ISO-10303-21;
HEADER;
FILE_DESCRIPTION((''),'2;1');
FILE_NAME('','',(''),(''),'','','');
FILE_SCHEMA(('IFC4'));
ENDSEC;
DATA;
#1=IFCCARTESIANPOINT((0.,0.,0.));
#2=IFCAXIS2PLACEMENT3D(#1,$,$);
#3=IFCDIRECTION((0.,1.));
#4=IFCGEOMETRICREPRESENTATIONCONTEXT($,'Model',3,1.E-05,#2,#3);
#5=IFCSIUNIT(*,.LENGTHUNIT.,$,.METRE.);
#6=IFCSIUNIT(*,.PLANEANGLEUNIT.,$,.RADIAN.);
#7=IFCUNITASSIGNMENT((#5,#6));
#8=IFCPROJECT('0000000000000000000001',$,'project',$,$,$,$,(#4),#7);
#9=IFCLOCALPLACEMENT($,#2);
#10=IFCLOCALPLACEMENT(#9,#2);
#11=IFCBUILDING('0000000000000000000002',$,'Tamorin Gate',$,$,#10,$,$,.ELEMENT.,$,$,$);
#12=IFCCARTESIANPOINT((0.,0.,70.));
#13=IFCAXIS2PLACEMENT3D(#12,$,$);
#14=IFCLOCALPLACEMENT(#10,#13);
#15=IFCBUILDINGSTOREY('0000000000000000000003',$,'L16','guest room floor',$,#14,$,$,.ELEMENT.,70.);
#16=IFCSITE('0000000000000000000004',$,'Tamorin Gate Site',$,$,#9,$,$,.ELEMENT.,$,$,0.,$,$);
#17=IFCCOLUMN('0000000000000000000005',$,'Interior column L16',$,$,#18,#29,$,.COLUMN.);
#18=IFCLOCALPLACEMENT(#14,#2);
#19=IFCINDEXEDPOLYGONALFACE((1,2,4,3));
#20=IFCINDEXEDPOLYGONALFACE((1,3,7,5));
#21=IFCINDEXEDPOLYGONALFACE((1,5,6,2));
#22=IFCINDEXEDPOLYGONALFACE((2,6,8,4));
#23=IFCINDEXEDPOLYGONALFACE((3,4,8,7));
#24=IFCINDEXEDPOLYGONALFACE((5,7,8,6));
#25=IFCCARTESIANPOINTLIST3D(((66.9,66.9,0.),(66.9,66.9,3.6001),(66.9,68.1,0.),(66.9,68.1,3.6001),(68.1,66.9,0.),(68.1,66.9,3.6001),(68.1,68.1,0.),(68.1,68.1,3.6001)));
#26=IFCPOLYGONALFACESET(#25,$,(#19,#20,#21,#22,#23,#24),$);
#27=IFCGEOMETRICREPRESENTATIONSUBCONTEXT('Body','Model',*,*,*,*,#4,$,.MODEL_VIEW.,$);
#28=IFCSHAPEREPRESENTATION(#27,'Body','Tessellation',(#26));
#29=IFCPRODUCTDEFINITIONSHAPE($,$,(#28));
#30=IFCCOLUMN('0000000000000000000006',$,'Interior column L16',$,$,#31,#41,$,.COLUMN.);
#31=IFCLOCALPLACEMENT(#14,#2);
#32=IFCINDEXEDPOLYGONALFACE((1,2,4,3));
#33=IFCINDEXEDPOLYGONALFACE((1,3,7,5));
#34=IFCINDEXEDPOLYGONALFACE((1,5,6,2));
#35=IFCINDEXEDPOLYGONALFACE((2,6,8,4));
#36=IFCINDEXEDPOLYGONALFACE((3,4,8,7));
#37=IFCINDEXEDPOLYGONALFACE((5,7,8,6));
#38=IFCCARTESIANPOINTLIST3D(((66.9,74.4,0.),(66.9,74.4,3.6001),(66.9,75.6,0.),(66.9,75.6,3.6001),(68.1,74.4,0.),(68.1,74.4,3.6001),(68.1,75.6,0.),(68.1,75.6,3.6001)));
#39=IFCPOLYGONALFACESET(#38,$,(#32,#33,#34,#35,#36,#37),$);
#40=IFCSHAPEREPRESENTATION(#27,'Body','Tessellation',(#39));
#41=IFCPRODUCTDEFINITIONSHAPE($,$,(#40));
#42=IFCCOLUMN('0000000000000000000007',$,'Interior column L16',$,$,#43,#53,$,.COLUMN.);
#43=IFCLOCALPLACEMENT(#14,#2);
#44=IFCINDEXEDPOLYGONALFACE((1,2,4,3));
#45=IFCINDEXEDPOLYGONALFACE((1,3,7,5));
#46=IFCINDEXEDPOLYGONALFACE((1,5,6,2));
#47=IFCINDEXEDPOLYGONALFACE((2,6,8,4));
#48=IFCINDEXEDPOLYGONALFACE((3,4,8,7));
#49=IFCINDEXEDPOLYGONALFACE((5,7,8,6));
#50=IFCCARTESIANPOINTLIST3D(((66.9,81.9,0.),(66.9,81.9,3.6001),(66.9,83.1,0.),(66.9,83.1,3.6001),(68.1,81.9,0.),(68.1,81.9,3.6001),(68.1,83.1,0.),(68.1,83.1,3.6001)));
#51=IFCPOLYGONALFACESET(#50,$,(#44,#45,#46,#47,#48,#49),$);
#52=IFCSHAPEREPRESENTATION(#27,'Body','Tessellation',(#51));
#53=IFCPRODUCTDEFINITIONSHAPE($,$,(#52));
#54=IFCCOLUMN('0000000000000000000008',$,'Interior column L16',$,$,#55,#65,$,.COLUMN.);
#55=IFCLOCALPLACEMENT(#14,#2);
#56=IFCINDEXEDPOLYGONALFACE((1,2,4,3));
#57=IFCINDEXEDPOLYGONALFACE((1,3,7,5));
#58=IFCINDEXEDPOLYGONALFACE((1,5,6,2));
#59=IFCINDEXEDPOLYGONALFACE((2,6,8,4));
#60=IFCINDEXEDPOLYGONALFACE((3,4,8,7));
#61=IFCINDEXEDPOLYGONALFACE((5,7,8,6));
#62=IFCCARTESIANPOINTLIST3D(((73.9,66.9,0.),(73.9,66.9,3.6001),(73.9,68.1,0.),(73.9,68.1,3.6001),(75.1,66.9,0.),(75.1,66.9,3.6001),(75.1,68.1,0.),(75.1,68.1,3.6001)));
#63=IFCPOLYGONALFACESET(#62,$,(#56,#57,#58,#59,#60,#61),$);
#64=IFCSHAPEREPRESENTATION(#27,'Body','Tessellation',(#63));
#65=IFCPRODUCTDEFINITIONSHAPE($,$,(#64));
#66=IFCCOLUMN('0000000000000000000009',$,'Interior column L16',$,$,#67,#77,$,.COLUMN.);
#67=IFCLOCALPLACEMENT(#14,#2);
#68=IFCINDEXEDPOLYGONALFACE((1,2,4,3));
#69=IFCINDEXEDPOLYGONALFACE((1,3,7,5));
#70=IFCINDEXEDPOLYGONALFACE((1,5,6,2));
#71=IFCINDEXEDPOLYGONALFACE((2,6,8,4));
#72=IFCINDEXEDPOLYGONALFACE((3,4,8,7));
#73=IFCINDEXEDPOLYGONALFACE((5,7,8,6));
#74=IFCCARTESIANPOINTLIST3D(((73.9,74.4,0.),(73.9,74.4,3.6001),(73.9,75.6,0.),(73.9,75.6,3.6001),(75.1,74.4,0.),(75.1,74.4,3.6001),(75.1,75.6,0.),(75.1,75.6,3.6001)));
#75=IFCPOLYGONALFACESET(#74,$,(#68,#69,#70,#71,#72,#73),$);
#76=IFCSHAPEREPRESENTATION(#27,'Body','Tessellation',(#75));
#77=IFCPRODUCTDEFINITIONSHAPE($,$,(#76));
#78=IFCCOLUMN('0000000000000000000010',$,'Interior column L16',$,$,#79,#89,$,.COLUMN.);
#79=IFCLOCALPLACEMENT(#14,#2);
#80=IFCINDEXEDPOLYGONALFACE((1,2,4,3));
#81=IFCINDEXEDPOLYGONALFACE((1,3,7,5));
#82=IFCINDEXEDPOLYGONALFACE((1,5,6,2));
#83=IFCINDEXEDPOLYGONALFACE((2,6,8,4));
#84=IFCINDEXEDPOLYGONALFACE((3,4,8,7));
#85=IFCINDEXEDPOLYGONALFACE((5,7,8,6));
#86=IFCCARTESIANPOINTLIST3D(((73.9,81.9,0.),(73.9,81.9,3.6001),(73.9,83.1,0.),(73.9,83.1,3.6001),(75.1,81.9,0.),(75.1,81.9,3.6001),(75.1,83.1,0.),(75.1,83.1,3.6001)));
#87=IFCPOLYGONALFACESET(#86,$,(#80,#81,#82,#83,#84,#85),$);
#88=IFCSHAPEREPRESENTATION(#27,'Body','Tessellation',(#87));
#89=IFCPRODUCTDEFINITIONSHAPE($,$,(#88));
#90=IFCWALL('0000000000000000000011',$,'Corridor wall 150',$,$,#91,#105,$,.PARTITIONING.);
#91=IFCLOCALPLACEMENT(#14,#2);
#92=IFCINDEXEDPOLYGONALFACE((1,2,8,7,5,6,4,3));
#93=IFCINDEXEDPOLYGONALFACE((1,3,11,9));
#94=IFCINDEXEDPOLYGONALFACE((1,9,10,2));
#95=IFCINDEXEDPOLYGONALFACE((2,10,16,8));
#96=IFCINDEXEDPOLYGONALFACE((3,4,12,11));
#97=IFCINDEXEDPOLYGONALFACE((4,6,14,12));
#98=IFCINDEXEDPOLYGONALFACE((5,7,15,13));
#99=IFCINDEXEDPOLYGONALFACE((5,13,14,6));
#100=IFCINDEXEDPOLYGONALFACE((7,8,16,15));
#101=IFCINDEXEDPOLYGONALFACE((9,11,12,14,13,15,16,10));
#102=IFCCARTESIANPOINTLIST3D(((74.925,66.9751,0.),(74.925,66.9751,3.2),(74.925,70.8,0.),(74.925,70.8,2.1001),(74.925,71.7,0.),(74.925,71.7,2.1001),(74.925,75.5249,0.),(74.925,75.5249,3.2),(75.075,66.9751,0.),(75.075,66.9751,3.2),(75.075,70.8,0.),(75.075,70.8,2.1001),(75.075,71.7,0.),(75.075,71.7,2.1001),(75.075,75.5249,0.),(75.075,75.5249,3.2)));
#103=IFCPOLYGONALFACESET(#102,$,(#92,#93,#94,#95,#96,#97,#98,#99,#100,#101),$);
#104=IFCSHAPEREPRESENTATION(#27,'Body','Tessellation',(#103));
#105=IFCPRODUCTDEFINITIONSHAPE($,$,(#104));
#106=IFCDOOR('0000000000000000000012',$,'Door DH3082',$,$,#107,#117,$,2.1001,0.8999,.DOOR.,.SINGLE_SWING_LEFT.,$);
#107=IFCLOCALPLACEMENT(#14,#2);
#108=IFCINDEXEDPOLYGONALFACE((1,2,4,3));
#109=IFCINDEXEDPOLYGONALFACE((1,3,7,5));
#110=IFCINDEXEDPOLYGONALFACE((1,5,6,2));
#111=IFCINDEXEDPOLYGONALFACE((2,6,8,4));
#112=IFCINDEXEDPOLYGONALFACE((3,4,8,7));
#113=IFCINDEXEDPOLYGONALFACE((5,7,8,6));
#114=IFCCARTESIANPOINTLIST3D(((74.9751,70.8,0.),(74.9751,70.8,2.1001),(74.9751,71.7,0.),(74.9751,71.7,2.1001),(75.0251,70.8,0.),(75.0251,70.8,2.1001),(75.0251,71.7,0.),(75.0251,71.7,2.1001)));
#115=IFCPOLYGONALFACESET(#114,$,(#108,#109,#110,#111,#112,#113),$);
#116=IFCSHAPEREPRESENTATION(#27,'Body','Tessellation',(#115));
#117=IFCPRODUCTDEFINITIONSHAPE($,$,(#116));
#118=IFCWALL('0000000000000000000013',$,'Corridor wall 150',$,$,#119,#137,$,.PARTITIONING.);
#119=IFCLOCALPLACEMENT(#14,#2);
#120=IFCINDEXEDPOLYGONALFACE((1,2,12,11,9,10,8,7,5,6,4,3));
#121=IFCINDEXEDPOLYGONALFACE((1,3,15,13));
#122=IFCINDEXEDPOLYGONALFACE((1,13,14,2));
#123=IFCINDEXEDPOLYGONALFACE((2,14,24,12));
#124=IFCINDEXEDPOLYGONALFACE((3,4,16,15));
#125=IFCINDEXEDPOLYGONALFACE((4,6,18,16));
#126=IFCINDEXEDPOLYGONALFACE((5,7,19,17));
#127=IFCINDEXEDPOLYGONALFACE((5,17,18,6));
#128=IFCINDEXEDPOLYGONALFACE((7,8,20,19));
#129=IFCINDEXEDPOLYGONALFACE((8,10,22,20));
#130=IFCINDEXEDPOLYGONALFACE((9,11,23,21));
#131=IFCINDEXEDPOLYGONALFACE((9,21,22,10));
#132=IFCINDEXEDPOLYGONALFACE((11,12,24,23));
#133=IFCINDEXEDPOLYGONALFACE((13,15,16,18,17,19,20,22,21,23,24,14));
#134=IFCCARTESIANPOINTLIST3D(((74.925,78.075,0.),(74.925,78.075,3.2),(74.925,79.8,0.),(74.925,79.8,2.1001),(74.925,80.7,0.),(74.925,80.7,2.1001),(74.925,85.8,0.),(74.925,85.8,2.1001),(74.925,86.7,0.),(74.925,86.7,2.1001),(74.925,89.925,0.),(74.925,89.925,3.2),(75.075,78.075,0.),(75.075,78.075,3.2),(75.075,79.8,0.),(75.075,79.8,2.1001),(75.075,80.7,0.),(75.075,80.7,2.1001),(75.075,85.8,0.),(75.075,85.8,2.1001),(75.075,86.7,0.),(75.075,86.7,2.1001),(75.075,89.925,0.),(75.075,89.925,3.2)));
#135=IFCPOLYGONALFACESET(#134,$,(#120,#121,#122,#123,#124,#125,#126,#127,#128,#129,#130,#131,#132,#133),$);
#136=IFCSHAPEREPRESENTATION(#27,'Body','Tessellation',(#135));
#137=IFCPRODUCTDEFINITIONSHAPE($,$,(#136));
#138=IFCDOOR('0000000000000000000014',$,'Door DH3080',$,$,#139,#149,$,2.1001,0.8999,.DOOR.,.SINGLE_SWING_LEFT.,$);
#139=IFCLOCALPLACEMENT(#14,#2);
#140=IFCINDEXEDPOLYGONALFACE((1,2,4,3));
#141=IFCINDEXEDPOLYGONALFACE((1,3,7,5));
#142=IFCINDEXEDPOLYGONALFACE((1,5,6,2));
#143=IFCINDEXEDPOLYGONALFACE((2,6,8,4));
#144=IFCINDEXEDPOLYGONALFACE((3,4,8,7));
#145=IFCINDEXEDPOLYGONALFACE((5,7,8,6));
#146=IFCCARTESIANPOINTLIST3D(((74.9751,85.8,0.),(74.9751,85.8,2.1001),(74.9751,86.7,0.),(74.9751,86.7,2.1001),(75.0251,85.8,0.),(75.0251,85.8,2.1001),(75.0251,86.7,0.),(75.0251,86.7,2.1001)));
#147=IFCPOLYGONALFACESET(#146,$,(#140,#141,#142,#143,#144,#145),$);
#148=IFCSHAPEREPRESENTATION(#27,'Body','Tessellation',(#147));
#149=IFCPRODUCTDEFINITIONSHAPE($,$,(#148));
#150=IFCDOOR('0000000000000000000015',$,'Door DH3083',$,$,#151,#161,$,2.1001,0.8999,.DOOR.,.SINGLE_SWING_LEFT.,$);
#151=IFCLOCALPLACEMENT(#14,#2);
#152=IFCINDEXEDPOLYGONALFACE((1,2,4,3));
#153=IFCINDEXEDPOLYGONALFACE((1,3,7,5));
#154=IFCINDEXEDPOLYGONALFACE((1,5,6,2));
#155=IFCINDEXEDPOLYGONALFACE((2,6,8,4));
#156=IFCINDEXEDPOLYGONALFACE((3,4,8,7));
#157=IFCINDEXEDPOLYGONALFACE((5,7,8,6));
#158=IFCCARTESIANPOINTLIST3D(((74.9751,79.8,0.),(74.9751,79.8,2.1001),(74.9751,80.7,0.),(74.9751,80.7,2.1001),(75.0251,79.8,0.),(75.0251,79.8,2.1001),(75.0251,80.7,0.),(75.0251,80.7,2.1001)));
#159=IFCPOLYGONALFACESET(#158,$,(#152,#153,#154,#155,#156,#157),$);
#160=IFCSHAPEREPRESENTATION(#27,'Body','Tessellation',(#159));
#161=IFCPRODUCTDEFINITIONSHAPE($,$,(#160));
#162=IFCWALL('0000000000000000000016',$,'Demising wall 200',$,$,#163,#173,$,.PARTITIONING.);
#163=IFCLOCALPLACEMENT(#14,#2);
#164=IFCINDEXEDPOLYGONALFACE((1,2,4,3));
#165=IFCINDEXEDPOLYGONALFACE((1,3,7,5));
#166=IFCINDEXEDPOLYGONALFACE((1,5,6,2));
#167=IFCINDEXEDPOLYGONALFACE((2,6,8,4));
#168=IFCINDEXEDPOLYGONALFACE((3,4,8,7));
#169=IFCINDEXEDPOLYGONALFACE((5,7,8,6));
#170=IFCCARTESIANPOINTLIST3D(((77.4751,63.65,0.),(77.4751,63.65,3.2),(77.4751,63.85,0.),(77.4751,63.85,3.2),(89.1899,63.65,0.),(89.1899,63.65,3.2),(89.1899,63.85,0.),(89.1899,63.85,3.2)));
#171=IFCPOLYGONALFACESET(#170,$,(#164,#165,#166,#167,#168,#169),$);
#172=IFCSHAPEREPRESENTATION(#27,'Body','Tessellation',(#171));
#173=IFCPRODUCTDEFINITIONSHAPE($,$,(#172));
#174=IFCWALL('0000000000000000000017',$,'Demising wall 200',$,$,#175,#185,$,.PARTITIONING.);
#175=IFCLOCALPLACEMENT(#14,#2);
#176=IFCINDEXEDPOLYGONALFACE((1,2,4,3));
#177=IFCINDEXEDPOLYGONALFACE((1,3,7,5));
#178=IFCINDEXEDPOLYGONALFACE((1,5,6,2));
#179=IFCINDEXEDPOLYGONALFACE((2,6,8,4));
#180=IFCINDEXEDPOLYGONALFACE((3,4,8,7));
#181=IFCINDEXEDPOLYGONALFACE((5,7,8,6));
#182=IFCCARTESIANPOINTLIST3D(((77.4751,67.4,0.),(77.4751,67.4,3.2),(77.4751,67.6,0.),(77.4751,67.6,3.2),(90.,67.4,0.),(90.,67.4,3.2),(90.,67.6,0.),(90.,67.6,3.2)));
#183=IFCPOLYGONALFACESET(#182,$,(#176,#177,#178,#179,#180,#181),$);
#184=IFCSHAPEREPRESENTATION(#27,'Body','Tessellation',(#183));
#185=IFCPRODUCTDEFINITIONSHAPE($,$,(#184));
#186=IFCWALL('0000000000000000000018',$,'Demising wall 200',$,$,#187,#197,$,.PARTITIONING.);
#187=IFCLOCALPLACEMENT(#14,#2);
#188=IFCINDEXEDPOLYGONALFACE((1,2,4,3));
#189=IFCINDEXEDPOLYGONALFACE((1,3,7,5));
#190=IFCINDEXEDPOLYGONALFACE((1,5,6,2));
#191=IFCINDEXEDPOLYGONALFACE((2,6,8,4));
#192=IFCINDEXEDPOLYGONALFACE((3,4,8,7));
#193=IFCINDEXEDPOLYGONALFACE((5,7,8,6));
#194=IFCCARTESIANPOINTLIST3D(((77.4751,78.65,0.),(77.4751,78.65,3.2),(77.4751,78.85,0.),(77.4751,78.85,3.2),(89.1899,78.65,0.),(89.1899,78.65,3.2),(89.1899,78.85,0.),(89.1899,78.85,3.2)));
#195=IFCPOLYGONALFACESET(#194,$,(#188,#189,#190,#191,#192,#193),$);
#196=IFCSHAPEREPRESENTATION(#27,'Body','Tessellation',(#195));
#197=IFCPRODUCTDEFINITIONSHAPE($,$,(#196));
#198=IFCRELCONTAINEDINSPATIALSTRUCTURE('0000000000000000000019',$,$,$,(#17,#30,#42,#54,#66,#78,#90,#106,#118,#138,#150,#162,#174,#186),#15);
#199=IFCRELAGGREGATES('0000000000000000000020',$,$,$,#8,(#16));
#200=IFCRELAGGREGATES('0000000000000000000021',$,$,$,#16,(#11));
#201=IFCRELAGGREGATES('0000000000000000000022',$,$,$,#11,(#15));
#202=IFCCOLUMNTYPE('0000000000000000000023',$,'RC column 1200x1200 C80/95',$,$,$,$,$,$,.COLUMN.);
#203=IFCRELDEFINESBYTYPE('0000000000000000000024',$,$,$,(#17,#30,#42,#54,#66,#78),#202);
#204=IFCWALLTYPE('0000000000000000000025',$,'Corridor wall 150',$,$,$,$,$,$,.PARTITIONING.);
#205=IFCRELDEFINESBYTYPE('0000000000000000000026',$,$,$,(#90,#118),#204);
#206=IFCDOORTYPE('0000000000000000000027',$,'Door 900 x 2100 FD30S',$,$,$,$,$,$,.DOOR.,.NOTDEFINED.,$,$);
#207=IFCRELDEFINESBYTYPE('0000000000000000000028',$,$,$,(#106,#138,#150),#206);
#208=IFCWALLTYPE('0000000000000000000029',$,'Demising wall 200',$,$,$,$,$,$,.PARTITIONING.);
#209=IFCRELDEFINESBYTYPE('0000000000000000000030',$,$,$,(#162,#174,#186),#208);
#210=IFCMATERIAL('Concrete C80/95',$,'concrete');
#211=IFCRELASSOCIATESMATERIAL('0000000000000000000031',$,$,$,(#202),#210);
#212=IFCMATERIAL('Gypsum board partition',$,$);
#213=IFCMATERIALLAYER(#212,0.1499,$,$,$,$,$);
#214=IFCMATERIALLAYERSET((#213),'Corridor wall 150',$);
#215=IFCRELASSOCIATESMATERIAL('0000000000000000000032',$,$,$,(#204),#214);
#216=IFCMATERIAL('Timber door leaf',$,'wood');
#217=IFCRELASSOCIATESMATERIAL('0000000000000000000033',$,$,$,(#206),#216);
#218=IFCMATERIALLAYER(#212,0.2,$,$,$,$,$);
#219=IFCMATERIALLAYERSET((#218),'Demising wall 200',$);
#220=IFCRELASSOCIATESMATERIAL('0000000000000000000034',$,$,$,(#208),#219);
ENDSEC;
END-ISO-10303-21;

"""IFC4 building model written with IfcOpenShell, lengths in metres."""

from ifc_helpers import new_model, si_unit, direction, frame, frame_2d, origin, origin_2d, place, context, subcontext, project, spatial, rectangle, extrude, material, layer, layer_set, material_profile, profile_set, type_object, element, fill, save


model = new_model("IFC4")

# Units and contexts
model_context = context("Model", 3, precision=1e-05, world=origin(), true_north=direction((0.0, 1.0)))
body_context = subcontext(model_context, "Body", "Model", "MODEL_VIEW")
ifc_project = project(units=[si_unit("LENGTHUNIT", "METRE"), si_unit("PLANEANGLEUNIT", "RADIAN")], contexts=[model_context])

# Site, building, storey
site_placement = place(None, origin())
site = spatial("IfcSite", under=ifc_project, at=site_placement, Name="Tamorin Gate Site", CompositionType="ELEMENT", RefElevation=0.0)
building_placement = place(site_placement, origin())
building = spatial("IfcBuilding", under=site, at=building_placement, Name="Tamorin Gate", CompositionType="ELEMENT")
storey_placement = place(building_placement, frame((0.0, 0.0, 70.0)))
storey = spatial("IfcBuildingStorey", under=building, at=storey_placement, Name="L16", Description="guest room floor", CompositionType="ELEMENT", Elevation=70.0)

# Columns
ifc_material_1 = material(Name="Concrete C80/95", Category="concrete")
ifc_material_profile = material_profile(ifc_material_1, rectangle(XDim=1.2, YDim=1.2, at=origin_2d()), Name="RC 1200x1200")
ifc_profile_set = profile_set([ifc_material_profile], Name="Concrete C80/95")
column_type = type_object("IfcColumnType", Name="RC column 1200x1200 C80/95", PredefinedType="COLUMN", material=ifc_profile_set)
for number, where, z_axis, x_axis, name in (
    (1, (67.5, 67.5, 0.0), (0.0, 0.0, 1.0), (1.0, 0.0, 0.0), "Interior column L16"),
    (2, (67.5, 75.0, 0.0), (0.0, 0.0, 1.0), (1.0, 0.0, 0.0), "Interior column L16"),
    (3, (67.5, 82.5, 0.0), (0.0, 0.0, 1.0), (1.0, 0.0, 0.0), "Interior column L16"),
    (4, (74.5, 67.5, 0.0), (0.0, 0.0, 1.0), (1.0, 0.0, 0.0), "Interior column L16"),
    (5, (74.5, 75.0, 0.0), (0.0, 0.0, 1.0), (1.0, 0.0, 0.0), "Interior column L16"),
    (6, (74.5, 82.5, 0.0), (0.0, 0.0, 1.0), (1.0, 0.0, 0.0), "Interior column L16"),
):
    element("IfcColumn", number, at=place(storey_placement, frame(where, z_axis=z_axis, x_axis=x_axis)), inside=storey, type_object=column_type, Name=name, PredefinedType="COLUMN", context=body_context, shape_type="SweptSolid", body=[
        extrude(rectangle(XDim=1.2, YDim=1.2, at=origin_2d()), origin(), (0.0, 0.0, 1.0), 3.6001),
    ])

# Wall, opening, door
ifc_material_2 = material(Name="Gypsum board partition")
ifc_layer_1 = layer(ifc_material_2, 0.1499)
ifc_layer_set_1 = layer_set([ifc_layer_1], Name="Corridor wall 150")
wall_type_1 = type_object("IfcWallType", Name="Corridor wall 150", PredefinedType="PARTITIONING", material=ifc_layer_set_1)
wall_1_placement = place(storey_placement, frame((75.0, 66.9751, 0.0), z_axis=(0.0, 0.0, 1.0), x_axis=(0.0, 1.0, 0.0)))
wall_1 = element("IfcWall", 7, at=wall_1_placement, inside=storey, type_object=wall_type_1, Name="Corridor wall 150", PredefinedType="PARTITIONING", context=body_context, shape_type="SweptSolid", body=[
    extrude(rectangle(XDim=8.5498, YDim=0.1499, at=frame_2d((4.2749, 0.0))), origin(), (0.0, 0.0, 1.0), 3.2),
])
opening_1_placement = place(wall_1_placement, frame((3.825, 0.0, 0.0)))
opening_1 = element("IfcOpeningElement", 8, at=opening_1_placement, cuts=wall_1, PredefinedType="OPENING", context=body_context, shape_type="SweptSolid", body=[
    extrude(rectangle(XDim=0.8999, YDim=2.1001, at=frame_2d((0.45, 1.05))), frame((0.0, 0.085, 0.0), z_axis=(0.0, -1.0, 0.0), x_axis=(1.0, 0.0, 0.0)), (0.0, 0.0, 1.0), 0.1699),
])
ifc_material_3 = material(Name="Timber door leaf", Category="wood")
door_type_1 = type_object("IfcDoorType", Name="Door 900 x 2100 FD30S", OperationType="NOTDEFINED", PredefinedType="DOOR", material=ifc_material_3)
door_1_placement = place(opening_1_placement, origin())
door_1 = element("IfcDoor", 9, at=door_1_placement, inside=storey, type_object=door_type_1, Name="Door DH3082", OperationType="SINGLE_SWING_LEFT", OverallHeight=2.1001, OverallWidth=0.8999, PredefinedType="DOOR", context=body_context, shape_type="SweptSolid", body=[
    extrude(rectangle(XDim=0.8999, YDim=2.1001, at=frame_2d((0.45, 1.05))), frame((0.0, 0.0249, 0.0), z_axis=(0.0, -1.0, 0.0), x_axis=(1.0, 0.0, 0.0)), (0.0, 0.0, 1.0), 0.05),
])
fill(opening_1, door_1)

# Wall, openings, doors
wall_2_placement = place(storey_placement, frame((75.0, 78.075, 0.0), z_axis=(0.0, 0.0, 1.0), x_axis=(0.0, 1.0, 0.0)))
wall_2 = element("IfcWall", 10, at=wall_2_placement, inside=storey, type_object=wall_type_1, Name="Corridor wall 150", PredefinedType="PARTITIONING", context=body_context, shape_type="SweptSolid", body=[
    extrude(rectangle(XDim=11.8501, YDim=0.1499, at=frame_2d((5.925, 0.0))), origin(), (0.0, 0.0, 1.0), 3.2),
])
opening_2_placement = place(wall_2_placement, frame((7.7251, 0.0, 0.0)))
opening_2 = element("IfcOpeningElement", 11, at=opening_2_placement, cuts=wall_2, PredefinedType="OPENING", context=body_context, shape_type="SweptSolid", body=[
    extrude(rectangle(XDim=0.8999, YDim=2.1001, at=frame_2d((0.45, 1.05))), frame((0.0, 0.085, 0.0), z_axis=(0.0, -1.0, 0.0), x_axis=(1.0, 0.0, 0.0)), (0.0, 0.0, 1.0), 0.1699),
])
opening_3_placement = place(wall_2_placement, frame((1.7251, 0.0, 0.0)))
opening_3 = element("IfcOpeningElement", 12, at=opening_3_placement, cuts=wall_2, PredefinedType="OPENING", context=body_context, shape_type="SweptSolid", body=[
    extrude(rectangle(XDim=0.8999, YDim=2.1001, at=frame_2d((0.45, 1.05))), frame((0.0, 0.085, 0.0), z_axis=(0.0, -1.0, 0.0), x_axis=(1.0, 0.0, 0.0)), (0.0, 0.0, 1.0), 0.1699),
])
door_2_placement = place(opening_2_placement, origin())
door_2 = element("IfcDoor", 13, at=door_2_placement, inside=storey, type_object=door_type_1, Name="Door DH3080", OperationType="SINGLE_SWING_LEFT", OverallHeight=2.1001, OverallWidth=0.8999, PredefinedType="DOOR", context=body_context, shape_type="SweptSolid", body=[
    extrude(rectangle(XDim=0.8999, YDim=2.1001, at=frame_2d((0.45, 1.05))), frame((0.0, 0.0249, 0.0), z_axis=(0.0, -1.0, 0.0), x_axis=(1.0, 0.0, 0.0)), (0.0, 0.0, 1.0), 0.05),
])
fill(opening_2, door_2)
door_3_placement = place(opening_3_placement, origin())
door_3 = element("IfcDoor", 14, at=door_3_placement, inside=storey, type_object=door_type_1, Name="Door DH3083", OperationType="SINGLE_SWING_LEFT", OverallHeight=2.1001, OverallWidth=0.8999, PredefinedType="DOOR", context=body_context, shape_type="SweptSolid", body=[
    extrude(rectangle(XDim=0.8999, YDim=2.1001, at=frame_2d((0.45, 1.05))), frame((0.0, 0.0249, 0.0), z_axis=(0.0, -1.0, 0.0), x_axis=(1.0, 0.0, 0.0)), (0.0, 0.0, 1.0), 0.05),
])
fill(opening_3, door_3)

# Walls
ifc_layer_2 = layer(ifc_material_2, 0.2)
ifc_layer_set_2 = layer_set([ifc_layer_2], Name="Demising wall 200")
wall_type_2 = type_object("IfcWallType", Name="Demising wall 200", PredefinedType="PARTITIONING", material=ifc_layer_set_2)
wall_3_placement = place(storey_placement, frame((77.4751, 63.75, 0.0), z_axis=(0.0, 0.0, 1.0), x_axis=(1.0, 0.0, 0.0)))
element("IfcWall", 15, at=wall_3_placement, inside=storey, type_object=wall_type_2, Name="Demising wall 200", PredefinedType="PARTITIONING", context=body_context, shape_type="SweptSolid", body=[
    extrude(rectangle(XDim=11.7148, YDim=0.2, at=frame_2d((5.8574, 0.0))), origin(), (0.0, 0.0, 1.0), 3.2),
])
wall_4_placement = place(storey_placement, frame((77.4751, 67.5, 0.0), z_axis=(0.0, 0.0, 1.0), x_axis=(1.0, 0.0, 0.0)))
element("IfcWall", 16, at=wall_4_placement, inside=storey, type_object=wall_type_2, Name="Demising wall 200", PredefinedType="PARTITIONING", context=body_context, shape_type="SweptSolid", body=[
    extrude(rectangle(XDim=12.5249, YDim=0.2, at=frame_2d((6.2625, 0.0))), origin(), (0.0, 0.0, 1.0), 3.2),
])
wall_5_placement = place(storey_placement, frame((77.4751, 78.75, 0.0), z_axis=(0.0, 0.0, 1.0), x_axis=(1.0, 0.0, 0.0)))
element("IfcWall", 17, at=wall_5_placement, inside=storey, type_object=wall_type_2, Name="Demising wall 200", PredefinedType="PARTITIONING", context=body_context, shape_type="SweptSolid", body=[
    extrude(rectangle(XDim=11.7148, YDim=0.2, at=frame_2d((5.8574, 0.0))), origin(), (0.0, 0.0, 1.0), 3.2),
])

save(model, "model.ifc")
